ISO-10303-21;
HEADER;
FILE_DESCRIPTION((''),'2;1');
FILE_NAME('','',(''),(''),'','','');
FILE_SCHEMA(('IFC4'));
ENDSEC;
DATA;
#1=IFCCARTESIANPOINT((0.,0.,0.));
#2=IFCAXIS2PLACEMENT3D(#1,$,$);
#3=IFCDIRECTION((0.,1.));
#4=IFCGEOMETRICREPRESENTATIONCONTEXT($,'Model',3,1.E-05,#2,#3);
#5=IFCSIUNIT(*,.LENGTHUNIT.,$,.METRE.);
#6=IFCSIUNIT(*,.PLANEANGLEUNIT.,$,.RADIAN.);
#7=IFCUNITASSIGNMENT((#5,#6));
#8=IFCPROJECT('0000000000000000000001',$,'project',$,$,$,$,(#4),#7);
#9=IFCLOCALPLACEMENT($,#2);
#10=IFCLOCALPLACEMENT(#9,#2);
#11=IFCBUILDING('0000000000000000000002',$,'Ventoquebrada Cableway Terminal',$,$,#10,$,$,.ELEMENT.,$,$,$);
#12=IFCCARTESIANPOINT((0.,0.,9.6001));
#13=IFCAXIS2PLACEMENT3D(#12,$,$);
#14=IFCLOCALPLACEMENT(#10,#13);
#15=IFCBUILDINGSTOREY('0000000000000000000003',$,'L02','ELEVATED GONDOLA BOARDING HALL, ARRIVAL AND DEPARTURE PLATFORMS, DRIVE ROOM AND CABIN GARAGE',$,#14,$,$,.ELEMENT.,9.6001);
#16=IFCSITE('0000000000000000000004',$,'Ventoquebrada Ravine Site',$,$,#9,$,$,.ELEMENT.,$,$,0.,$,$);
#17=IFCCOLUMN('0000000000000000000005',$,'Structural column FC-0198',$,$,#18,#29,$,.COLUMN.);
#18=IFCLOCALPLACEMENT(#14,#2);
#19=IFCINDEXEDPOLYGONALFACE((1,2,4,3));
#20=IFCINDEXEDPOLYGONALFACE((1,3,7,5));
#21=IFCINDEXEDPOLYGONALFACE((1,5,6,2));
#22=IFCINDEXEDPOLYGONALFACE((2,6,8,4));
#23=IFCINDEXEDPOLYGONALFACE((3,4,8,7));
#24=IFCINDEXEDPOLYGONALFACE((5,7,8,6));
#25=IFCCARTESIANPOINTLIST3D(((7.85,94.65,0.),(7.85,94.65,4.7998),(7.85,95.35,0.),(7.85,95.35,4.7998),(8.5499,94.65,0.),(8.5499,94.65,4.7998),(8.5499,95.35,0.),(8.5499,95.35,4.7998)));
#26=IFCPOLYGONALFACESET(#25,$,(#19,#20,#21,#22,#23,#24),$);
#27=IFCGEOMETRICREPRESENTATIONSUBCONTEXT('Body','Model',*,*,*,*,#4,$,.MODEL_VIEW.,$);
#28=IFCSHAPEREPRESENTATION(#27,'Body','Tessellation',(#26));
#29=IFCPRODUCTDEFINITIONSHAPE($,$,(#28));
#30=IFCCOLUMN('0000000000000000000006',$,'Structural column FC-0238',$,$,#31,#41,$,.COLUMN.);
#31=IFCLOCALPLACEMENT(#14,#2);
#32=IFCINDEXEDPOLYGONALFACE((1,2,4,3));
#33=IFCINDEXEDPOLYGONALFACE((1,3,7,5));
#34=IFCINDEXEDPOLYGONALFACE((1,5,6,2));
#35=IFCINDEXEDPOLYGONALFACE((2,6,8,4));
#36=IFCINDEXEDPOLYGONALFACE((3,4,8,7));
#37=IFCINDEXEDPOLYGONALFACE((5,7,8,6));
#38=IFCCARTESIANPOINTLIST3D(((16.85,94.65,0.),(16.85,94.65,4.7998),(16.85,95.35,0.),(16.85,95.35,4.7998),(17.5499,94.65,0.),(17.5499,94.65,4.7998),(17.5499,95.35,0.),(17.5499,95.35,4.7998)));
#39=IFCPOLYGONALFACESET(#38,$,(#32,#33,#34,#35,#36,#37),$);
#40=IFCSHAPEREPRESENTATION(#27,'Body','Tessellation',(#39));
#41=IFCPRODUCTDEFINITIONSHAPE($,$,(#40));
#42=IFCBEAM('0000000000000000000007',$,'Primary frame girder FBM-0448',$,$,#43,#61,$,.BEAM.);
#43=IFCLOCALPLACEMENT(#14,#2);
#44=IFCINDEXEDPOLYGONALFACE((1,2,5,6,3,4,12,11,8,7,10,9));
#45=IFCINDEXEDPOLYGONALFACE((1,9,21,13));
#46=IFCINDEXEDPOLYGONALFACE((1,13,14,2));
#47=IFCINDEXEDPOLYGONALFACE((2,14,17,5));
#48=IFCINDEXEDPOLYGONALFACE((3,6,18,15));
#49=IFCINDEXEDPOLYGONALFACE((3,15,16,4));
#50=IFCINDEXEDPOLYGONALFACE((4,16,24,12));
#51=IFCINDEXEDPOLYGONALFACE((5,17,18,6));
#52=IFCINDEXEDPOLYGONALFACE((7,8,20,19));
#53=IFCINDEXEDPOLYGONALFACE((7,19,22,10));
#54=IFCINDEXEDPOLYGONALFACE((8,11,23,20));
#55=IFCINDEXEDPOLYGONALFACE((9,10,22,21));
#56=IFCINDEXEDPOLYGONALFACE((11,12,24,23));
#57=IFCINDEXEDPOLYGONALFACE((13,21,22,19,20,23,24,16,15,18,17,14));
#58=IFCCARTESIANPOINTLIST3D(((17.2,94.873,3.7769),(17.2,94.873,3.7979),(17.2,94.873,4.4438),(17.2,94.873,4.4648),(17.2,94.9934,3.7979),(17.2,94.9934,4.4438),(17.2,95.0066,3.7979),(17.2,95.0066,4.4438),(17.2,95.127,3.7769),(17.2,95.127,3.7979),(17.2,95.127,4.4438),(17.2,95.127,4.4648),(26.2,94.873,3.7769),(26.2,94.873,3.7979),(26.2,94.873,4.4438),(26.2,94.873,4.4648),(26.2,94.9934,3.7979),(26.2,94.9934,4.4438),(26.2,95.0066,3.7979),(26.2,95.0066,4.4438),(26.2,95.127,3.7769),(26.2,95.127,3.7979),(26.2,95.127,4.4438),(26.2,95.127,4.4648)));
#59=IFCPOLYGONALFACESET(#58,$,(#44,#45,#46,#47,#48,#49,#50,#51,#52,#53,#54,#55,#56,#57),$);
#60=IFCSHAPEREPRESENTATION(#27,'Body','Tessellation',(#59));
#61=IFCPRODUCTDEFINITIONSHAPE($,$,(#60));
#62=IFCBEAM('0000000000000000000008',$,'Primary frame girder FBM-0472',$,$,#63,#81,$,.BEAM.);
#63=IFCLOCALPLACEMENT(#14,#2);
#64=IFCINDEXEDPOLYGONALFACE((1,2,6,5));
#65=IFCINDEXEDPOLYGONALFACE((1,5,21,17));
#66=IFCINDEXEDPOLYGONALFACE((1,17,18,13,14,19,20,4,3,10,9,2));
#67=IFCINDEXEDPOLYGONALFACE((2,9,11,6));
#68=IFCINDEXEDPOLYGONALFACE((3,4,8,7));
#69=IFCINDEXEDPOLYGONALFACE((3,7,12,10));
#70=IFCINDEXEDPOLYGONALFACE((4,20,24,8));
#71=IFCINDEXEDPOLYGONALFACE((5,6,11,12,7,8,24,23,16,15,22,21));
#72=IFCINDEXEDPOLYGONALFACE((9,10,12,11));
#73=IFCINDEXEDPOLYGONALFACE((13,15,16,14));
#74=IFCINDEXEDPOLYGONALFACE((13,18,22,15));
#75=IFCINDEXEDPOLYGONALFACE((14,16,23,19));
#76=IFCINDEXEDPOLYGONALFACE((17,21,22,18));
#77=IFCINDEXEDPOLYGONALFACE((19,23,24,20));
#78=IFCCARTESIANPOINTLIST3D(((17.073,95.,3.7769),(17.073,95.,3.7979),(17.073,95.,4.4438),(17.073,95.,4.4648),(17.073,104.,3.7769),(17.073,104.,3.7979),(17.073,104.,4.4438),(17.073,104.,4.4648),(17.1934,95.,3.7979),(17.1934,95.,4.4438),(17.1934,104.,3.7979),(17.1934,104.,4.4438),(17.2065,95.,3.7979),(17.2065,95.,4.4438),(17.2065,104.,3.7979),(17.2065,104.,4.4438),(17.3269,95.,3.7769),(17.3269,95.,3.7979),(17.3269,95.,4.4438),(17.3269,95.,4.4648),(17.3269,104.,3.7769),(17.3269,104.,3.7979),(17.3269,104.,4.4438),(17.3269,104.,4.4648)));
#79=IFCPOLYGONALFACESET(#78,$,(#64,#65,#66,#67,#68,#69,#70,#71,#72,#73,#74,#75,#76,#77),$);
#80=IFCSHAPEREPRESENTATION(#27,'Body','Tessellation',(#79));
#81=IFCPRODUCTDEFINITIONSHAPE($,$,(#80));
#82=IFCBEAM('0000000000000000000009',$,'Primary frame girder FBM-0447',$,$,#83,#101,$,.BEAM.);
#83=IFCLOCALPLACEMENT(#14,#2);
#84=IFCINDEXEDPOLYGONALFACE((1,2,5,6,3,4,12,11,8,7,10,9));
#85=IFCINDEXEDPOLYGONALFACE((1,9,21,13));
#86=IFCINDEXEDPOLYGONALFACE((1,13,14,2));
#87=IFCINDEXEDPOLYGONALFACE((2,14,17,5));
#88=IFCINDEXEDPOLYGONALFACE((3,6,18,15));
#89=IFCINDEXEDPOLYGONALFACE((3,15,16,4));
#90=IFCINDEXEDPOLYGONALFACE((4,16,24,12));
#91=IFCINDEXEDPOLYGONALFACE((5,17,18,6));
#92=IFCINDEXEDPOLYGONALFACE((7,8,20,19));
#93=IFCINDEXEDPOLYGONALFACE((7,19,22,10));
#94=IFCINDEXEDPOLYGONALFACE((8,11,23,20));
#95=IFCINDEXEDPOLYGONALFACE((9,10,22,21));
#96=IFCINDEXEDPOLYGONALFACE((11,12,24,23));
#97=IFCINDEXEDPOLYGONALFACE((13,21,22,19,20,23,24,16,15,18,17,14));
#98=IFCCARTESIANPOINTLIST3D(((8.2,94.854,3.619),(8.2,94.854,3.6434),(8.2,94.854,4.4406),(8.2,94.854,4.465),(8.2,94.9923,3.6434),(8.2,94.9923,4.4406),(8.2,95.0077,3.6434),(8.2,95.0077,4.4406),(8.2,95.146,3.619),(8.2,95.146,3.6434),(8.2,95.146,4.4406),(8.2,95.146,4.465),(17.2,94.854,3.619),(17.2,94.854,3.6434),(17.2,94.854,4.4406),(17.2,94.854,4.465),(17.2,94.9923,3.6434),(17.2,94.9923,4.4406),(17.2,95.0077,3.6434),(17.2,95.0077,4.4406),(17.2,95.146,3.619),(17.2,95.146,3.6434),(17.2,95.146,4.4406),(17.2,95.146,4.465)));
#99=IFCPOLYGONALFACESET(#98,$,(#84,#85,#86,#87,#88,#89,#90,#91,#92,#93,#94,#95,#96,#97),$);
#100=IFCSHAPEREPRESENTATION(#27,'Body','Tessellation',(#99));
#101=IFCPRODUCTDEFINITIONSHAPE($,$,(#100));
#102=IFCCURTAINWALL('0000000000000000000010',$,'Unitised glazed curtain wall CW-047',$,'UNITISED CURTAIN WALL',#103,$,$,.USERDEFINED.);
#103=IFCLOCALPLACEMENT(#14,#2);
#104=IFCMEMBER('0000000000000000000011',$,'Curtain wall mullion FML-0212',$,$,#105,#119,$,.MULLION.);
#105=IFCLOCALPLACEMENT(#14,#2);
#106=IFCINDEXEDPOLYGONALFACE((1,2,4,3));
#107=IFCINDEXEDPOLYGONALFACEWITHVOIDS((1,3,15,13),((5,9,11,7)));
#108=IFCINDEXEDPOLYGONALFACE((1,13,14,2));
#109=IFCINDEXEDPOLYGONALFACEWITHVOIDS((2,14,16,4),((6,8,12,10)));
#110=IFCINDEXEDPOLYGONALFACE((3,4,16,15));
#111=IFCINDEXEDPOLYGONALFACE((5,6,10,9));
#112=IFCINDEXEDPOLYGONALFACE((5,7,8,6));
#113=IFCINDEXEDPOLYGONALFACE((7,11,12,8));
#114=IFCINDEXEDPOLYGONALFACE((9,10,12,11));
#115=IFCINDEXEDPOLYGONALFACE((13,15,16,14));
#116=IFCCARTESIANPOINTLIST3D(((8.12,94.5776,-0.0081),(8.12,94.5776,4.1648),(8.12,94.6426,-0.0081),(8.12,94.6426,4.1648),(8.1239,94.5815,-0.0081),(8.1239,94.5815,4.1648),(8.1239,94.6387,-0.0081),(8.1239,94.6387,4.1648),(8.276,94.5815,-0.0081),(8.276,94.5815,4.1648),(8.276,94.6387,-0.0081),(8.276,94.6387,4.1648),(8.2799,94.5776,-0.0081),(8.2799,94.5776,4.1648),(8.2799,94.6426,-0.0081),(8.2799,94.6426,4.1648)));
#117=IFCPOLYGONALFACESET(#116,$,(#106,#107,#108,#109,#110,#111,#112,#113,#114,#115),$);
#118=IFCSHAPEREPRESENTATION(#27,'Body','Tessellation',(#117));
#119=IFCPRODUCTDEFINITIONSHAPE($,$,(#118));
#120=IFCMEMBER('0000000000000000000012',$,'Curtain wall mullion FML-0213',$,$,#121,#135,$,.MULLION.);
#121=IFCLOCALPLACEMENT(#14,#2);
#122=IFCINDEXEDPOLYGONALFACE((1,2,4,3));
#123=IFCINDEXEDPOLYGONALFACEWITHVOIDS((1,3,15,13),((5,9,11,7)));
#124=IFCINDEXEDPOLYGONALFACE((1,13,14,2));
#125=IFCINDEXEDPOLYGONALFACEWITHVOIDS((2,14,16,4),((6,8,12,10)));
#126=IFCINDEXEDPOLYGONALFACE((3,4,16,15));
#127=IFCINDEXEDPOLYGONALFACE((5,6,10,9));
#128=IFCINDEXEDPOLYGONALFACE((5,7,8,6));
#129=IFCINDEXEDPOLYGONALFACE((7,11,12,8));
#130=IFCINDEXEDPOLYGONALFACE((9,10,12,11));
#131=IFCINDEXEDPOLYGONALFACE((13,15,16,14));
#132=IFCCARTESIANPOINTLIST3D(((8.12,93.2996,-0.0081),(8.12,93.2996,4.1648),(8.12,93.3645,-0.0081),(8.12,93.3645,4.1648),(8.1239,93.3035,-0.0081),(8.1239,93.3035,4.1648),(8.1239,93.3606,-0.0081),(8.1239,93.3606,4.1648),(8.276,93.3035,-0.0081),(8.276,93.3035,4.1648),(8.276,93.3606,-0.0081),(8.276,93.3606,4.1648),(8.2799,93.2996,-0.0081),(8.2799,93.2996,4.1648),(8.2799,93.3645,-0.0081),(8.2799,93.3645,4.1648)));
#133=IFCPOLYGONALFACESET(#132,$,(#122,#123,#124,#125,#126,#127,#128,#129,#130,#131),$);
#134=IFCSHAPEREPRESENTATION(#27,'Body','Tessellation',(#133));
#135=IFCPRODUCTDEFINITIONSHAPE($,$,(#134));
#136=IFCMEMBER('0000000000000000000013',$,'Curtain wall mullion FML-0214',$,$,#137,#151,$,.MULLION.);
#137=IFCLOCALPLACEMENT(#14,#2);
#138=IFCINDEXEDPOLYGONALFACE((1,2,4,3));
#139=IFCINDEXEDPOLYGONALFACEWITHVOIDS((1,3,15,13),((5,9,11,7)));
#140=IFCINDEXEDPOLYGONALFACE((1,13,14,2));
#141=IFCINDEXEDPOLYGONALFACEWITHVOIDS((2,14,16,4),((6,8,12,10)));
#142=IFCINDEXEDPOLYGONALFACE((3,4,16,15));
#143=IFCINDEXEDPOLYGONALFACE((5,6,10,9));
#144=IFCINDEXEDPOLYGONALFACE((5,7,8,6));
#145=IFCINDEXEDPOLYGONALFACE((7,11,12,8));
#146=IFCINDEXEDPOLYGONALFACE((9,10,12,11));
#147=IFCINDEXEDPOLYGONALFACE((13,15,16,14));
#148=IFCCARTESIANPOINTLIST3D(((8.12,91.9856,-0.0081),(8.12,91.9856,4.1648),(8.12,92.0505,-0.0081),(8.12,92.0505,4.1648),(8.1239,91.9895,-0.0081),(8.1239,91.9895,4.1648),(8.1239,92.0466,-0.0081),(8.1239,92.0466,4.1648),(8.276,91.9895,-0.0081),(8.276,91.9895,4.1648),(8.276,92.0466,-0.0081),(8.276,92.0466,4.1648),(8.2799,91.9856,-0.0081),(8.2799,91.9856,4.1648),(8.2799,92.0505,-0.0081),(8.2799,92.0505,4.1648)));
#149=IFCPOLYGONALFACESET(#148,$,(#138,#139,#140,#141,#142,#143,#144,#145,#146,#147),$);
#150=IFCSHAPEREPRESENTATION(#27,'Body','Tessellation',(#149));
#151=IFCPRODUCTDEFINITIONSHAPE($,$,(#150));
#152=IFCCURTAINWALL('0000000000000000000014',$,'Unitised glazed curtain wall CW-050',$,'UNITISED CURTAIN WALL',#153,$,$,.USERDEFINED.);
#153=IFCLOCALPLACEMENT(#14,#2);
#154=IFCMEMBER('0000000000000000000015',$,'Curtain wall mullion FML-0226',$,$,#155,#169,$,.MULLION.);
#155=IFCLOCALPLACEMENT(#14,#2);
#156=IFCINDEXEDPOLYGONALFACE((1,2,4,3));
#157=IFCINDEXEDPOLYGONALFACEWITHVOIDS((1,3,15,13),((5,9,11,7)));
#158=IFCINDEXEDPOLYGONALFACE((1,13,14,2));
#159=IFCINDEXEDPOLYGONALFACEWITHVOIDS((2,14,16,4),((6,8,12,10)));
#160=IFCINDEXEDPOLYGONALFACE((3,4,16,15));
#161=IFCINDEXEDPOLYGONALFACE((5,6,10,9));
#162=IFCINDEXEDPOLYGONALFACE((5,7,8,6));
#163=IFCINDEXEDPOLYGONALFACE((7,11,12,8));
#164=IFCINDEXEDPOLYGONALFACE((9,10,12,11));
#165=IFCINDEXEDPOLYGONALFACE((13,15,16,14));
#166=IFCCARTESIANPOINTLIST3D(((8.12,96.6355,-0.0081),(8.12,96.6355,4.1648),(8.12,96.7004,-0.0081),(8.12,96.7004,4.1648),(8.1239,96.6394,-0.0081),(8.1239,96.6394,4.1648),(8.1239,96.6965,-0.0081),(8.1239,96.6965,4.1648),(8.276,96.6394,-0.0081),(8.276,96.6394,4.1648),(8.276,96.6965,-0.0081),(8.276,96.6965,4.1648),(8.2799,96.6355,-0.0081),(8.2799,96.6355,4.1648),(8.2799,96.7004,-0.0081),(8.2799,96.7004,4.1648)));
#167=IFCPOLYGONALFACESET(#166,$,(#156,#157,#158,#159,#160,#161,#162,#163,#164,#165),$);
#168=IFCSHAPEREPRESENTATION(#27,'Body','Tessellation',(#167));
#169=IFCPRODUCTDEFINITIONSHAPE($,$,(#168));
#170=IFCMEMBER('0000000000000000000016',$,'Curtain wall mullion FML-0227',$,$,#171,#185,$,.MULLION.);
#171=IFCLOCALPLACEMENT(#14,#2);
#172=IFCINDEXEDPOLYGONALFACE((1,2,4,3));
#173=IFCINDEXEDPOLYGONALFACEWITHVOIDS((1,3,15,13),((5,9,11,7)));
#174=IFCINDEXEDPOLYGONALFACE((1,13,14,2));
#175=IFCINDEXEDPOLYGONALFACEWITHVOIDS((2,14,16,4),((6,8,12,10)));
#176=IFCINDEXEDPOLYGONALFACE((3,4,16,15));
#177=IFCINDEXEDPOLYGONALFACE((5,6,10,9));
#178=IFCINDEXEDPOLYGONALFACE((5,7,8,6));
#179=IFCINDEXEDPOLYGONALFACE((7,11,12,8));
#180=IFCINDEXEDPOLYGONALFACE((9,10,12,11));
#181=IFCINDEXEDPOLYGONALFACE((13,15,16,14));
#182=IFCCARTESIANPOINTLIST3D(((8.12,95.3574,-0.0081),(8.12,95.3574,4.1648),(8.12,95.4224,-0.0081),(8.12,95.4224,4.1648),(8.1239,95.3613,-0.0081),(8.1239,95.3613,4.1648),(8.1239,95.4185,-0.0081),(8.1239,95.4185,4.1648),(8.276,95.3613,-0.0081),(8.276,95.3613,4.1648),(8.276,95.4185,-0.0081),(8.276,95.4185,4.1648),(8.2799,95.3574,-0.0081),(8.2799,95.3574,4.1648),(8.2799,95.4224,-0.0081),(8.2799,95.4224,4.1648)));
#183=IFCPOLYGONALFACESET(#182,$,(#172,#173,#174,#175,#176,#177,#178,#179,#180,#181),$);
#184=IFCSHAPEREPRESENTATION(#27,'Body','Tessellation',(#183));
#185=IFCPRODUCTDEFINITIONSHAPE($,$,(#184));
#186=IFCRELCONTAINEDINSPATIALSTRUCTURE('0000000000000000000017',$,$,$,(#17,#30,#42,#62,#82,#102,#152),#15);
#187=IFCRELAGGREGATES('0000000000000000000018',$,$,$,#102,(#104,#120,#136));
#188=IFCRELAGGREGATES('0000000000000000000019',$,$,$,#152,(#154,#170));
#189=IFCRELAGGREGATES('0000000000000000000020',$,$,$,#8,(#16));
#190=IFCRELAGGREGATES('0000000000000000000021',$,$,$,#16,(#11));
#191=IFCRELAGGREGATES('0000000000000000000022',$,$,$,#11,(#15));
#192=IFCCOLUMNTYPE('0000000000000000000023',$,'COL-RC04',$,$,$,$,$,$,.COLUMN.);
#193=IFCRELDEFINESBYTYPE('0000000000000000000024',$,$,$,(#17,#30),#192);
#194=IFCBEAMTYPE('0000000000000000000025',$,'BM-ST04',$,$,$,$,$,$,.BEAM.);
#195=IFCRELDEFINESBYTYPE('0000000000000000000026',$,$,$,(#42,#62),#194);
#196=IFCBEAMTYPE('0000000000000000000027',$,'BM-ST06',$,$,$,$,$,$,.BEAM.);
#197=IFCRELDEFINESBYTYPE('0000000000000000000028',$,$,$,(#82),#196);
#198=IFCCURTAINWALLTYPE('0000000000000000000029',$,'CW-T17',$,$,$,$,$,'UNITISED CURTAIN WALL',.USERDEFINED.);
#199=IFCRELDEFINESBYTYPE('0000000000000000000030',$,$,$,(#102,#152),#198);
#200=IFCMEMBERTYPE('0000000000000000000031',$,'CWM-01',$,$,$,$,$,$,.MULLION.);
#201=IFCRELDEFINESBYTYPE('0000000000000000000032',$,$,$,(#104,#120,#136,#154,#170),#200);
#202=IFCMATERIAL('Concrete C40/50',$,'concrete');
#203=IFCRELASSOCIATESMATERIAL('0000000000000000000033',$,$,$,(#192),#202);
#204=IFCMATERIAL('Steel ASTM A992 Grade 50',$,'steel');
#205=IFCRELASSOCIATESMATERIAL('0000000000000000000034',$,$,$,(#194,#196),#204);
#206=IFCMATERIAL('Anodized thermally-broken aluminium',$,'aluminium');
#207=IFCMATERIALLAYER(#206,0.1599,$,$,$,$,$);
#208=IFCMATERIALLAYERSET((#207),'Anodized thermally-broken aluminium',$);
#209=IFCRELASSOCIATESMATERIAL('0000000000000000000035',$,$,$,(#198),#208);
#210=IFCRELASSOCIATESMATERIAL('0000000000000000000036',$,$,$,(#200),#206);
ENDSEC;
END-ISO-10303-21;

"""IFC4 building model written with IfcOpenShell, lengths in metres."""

from ifc_helpers import new_model, si_unit, direction, frame, origin, origin_2d, place, context, subcontext, project, spatial, rectangle, hollow_rectangle, i_section, extrude, material, layer, layer_set, material_profile, profile_set, type_object, element, aggregate, save


model = new_model("IFC4")

# Units and contexts
model_context = context("Model", 3, precision=1e-05, world=origin(), true_north=direction((0.0, 1.0)))
body_context = subcontext(model_context, "Body", "Model", "MODEL_VIEW")
ifc_project = project(units=[si_unit("LENGTHUNIT", "METRE"), si_unit("PLANEANGLEUNIT", "RADIAN")], contexts=[model_context])

# Site, building, storey
site_placement = place(None, origin())
site = spatial("IfcSite", under=ifc_project, at=site_placement, Name="Ventoquebrada Ravine Site", CompositionType="ELEMENT", RefElevation=0.0)
building_placement = place(site_placement, origin())
building = spatial("IfcBuilding", under=site, at=building_placement, Name="Ventoquebrada Cableway Terminal", CompositionType="ELEMENT")
storey_placement = place(building_placement, frame((0.0, 0.0, 9.6001)))
storey = spatial("IfcBuildingStorey", under=building, at=storey_placement, Name="L02", Description="ELEVATED GONDOLA BOARDING HALL, ARRIVAL AND DEPARTURE PLATFORMS, DRIVE ROOM AND CABIN GARAGE", CompositionType="ELEMENT", Elevation=9.6001)

# Columns
ifc_material_1 = material(Name="Concrete C40/50", Category="concrete")
ifc_material_profile_1 = material_profile(ifc_material_1, rectangle(XDim=0.7, YDim=0.7, at=origin_2d()), Name="RC-COL-700X700")
ifc_profile_set_1 = profile_set([ifc_material_profile_1], Name="Concrete C40/50")
column_type = type_object("IfcColumnType", Name="COL-RC04", PredefinedType="COLUMN", material=ifc_profile_set_1)
for number, where, z_axis, x_axis, name in (
    (1, (8.2, 95.0, 0.0), (0.0, 0.0, 1.0), (1.0, 0.0, 0.0), "Structural column FC-0198"),
    (2, (17.2, 95.0, 0.0), (0.0, 0.0, 1.0), (1.0, 0.0, 0.0), "Structural column FC-0238"),
):
    element("IfcColumn", number, at=place(storey_placement, frame(where, z_axis=z_axis, x_axis=x_axis)), inside=storey, type_object=column_type, Name=name, PredefinedType="COLUMN", context=body_context, shape_type="SweptSolid", body=[
        extrude(rectangle(XDim=0.7, YDim=0.7, at=origin_2d()), origin(), (0.0, 0.0, 1.0), 4.7998),
    ])

# Beams
ifc_material_2 = material(Name="Steel ASTM A992 Grade 50", Category="steel")
ifc_material_profile_2 = material_profile(ifc_material_2, i_section(OverallWidth=0.2539, OverallDepth=0.688, WebThickness=0.0132, FlangeThickness=0.021, at=origin_2d()), Name="W27X102")
ifc_profile_set_2 = profile_set([ifc_material_profile_2], Name="Steel ASTM A992 Grade 50")
beam_type_1 = type_object("IfcBeamType", Name="BM-ST04", PredefinedType="BEAM", material=ifc_profile_set_2)
for number, where, z_axis, x_axis, name in (
    (3, (17.2, 95.0, 4.1208), (1.0, 0.0, 0.0), (0.0, 1.0, 0.0), "Primary frame girder FBM-0448"),
    (4, (17.2, 95.0, 4.1208), (0.0, 1.0, 0.0), (-1.0, 0.0, 0.0), "Primary frame girder FBM-0472"),
):
    element("IfcBeam", number, at=place(storey_placement, frame(where, z_axis=z_axis, x_axis=x_axis)), inside=storey, type_object=beam_type_1, Name=name, PredefinedType="BEAM", context=body_context, shape_type="SweptSolid", body=[
        extrude(i_section(OverallWidth=0.2539, OverallDepth=0.688, WebThickness=0.0132, FlangeThickness=0.021, at=origin_2d()), origin(), (0.0, 0.0, 1.0), 9.0),
    ])
ifc_material_profile_3 = material_profile(ifc_material_2, i_section(OverallWidth=0.292, OverallDepth=0.8459, WebThickness=0.0154, FlangeThickness=0.0244, at=origin_2d()), Name="W33X141")
ifc_profile_set_3 = profile_set([ifc_material_profile_3], Name="Steel ASTM A992 Grade 50")
beam_type_2 = type_object("IfcBeamType", Name="BM-ST06", PredefinedType="BEAM", material=ifc_profile_set_3)
beam_1_placement = place(storey_placement, frame((8.2, 95.0, 4.042), z_axis=(1.0, 0.0, 0.0), x_axis=(0.0, 1.0, 0.0)))
element("IfcBeam", 5, at=beam_1_placement, inside=storey, type_object=beam_type_2, Name="Primary frame girder FBM-0447", PredefinedType="BEAM", context=body_context, shape_type="SweptSolid", body=[
    extrude(i_section(OverallWidth=0.292, OverallDepth=0.8459, WebThickness=0.0154, FlangeThickness=0.0244, at=origin_2d()), origin(), (0.0, 0.0, 1.0), 9.0),
])

# Curtain walls, members
ifc_material_3 = material(Name="Anodized thermally-broken aluminium", Category="aluminium")
ifc_layer_1 = layer(ifc_material_3, 0.1599)
ifc_layer_set_1 = layer_set([ifc_layer_1], Name="Anodized thermally-broken aluminium")
curtain_wall_type = type_object("IfcCurtainWallType", Name="CW-T17", ElementType="UNITISED CURTAIN WALL", PredefinedType="USERDEFINED", material=ifc_layer_set_1)
curtain_wall_1_placement = place(storey_placement, origin())
curtain_wall_1 = element("IfcCurtainWall", 6, at=curtain_wall_1_placement, inside=storey, type_object=curtain_wall_type, Name="Unitised glazed curtain wall CW-047", ObjectType="UNITISED CURTAIN WALL", PredefinedType="USERDEFINED")
ifc_material_profile_4 = material_profile(ifc_material_3, hollow_rectangle(XDim=0.0649, YDim=0.1599, WallThickness=0.0039, at=origin_2d()), Name="CW-MUL-65X160")
ifc_profile_set_4 = profile_set([ifc_material_profile_4], Name="Anodized thermally-broken aluminium")
member_type_1 = type_object("IfcMemberType", Name="CWM-01", PredefinedType="MULLION", material=ifc_profile_set_4)
member_1_placement = place(storey_placement, frame((8.2, 94.6101, -0.0081), z_axis=(0.0, 0.0, 1.0), x_axis=(0.0, -1.0, 0.0)))
member_1 = element("IfcMember", 7, at=member_1_placement, type_object=member_type_1, Name="Curtain wall mullion FML-0212", PredefinedType="MULLION", context=body_context, shape_type="SweptSolid", body=[
    extrude(hollow_rectangle(XDim=0.0649, YDim=0.1599, WallThickness=0.0039, at=origin_2d()), origin(), (0.0, 0.0, 1.0), 4.1729),
])
member_2_placement = place(storey_placement, frame((8.2, 93.332, -0.0081), z_axis=(0.0, 0.0, 1.0), x_axis=(0.0, -1.0, 0.0)))
member_2 = element("IfcMember", 8, at=member_2_placement, type_object=member_type_1, Name="Curtain wall mullion FML-0213", PredefinedType="MULLION", context=body_context, shape_type="SweptSolid", body=[
    extrude(hollow_rectangle(XDim=0.0649, YDim=0.1599, WallThickness=0.0039, at=origin_2d()), origin(), (0.0, 0.0, 1.0), 4.1729),
])
member_3_placement = place(storey_placement, frame((8.2, 92.0181, -0.0081), z_axis=(0.0, 0.0, 1.0), x_axis=(0.0, -1.0, 0.0)))
member_3 = element("IfcMember", 9, at=member_3_placement, type_object=member_type_1, Name="Curtain wall mullion FML-0214", PredefinedType="MULLION", context=body_context, shape_type="SweptSolid", body=[
    extrude(hollow_rectangle(XDim=0.0649, YDim=0.1599, WallThickness=0.0039, at=origin_2d()), origin(), (0.0, 0.0, 1.0), 4.1729),
])
curtain_wall_2_placement = place(storey_placement, origin())
curtain_wall_2 = element("IfcCurtainWall", 10, at=curtain_wall_2_placement, inside=storey, type_object=curtain_wall_type, Name="Unitised glazed curtain wall CW-050", ObjectType="UNITISED CURTAIN WALL", PredefinedType="USERDEFINED")
member_4_placement = place(storey_placement, frame((8.2, 96.668, -0.0081), z_axis=(0.0, 0.0, 1.0), x_axis=(0.0, -1.0, 0.0)))
member_4 = element("IfcMember", 11, at=member_4_placement, type_object=member_type_1, Name="Curtain wall mullion FML-0226", PredefinedType="MULLION", context=body_context, shape_type="SweptSolid", body=[
    extrude(hollow_rectangle(XDim=0.0649, YDim=0.1599, WallThickness=0.0039, at=origin_2d()), origin(), (0.0, 0.0, 1.0), 4.1729),
])
member_5_placement = place(storey_placement, frame((8.2, 95.3899, -0.0081), z_axis=(0.0, 0.0, 1.0), x_axis=(0.0, -1.0, 0.0)))
member_5 = element("IfcMember", 12, at=member_5_placement, type_object=member_type_1, Name="Curtain wall mullion FML-0227", PredefinedType="MULLION", context=body_context, shape_type="SweptSolid", body=[
    extrude(hollow_rectangle(XDim=0.0649, YDim=0.1599, WallThickness=0.0039, at=origin_2d()), origin(), (0.0, 0.0, 1.0), 4.1729),
])

aggregate(curtain_wall_1, [member_1, member_2, member_3])
aggregate(curtain_wall_2, [member_4, member_5])

save(model, "model.ifc")
